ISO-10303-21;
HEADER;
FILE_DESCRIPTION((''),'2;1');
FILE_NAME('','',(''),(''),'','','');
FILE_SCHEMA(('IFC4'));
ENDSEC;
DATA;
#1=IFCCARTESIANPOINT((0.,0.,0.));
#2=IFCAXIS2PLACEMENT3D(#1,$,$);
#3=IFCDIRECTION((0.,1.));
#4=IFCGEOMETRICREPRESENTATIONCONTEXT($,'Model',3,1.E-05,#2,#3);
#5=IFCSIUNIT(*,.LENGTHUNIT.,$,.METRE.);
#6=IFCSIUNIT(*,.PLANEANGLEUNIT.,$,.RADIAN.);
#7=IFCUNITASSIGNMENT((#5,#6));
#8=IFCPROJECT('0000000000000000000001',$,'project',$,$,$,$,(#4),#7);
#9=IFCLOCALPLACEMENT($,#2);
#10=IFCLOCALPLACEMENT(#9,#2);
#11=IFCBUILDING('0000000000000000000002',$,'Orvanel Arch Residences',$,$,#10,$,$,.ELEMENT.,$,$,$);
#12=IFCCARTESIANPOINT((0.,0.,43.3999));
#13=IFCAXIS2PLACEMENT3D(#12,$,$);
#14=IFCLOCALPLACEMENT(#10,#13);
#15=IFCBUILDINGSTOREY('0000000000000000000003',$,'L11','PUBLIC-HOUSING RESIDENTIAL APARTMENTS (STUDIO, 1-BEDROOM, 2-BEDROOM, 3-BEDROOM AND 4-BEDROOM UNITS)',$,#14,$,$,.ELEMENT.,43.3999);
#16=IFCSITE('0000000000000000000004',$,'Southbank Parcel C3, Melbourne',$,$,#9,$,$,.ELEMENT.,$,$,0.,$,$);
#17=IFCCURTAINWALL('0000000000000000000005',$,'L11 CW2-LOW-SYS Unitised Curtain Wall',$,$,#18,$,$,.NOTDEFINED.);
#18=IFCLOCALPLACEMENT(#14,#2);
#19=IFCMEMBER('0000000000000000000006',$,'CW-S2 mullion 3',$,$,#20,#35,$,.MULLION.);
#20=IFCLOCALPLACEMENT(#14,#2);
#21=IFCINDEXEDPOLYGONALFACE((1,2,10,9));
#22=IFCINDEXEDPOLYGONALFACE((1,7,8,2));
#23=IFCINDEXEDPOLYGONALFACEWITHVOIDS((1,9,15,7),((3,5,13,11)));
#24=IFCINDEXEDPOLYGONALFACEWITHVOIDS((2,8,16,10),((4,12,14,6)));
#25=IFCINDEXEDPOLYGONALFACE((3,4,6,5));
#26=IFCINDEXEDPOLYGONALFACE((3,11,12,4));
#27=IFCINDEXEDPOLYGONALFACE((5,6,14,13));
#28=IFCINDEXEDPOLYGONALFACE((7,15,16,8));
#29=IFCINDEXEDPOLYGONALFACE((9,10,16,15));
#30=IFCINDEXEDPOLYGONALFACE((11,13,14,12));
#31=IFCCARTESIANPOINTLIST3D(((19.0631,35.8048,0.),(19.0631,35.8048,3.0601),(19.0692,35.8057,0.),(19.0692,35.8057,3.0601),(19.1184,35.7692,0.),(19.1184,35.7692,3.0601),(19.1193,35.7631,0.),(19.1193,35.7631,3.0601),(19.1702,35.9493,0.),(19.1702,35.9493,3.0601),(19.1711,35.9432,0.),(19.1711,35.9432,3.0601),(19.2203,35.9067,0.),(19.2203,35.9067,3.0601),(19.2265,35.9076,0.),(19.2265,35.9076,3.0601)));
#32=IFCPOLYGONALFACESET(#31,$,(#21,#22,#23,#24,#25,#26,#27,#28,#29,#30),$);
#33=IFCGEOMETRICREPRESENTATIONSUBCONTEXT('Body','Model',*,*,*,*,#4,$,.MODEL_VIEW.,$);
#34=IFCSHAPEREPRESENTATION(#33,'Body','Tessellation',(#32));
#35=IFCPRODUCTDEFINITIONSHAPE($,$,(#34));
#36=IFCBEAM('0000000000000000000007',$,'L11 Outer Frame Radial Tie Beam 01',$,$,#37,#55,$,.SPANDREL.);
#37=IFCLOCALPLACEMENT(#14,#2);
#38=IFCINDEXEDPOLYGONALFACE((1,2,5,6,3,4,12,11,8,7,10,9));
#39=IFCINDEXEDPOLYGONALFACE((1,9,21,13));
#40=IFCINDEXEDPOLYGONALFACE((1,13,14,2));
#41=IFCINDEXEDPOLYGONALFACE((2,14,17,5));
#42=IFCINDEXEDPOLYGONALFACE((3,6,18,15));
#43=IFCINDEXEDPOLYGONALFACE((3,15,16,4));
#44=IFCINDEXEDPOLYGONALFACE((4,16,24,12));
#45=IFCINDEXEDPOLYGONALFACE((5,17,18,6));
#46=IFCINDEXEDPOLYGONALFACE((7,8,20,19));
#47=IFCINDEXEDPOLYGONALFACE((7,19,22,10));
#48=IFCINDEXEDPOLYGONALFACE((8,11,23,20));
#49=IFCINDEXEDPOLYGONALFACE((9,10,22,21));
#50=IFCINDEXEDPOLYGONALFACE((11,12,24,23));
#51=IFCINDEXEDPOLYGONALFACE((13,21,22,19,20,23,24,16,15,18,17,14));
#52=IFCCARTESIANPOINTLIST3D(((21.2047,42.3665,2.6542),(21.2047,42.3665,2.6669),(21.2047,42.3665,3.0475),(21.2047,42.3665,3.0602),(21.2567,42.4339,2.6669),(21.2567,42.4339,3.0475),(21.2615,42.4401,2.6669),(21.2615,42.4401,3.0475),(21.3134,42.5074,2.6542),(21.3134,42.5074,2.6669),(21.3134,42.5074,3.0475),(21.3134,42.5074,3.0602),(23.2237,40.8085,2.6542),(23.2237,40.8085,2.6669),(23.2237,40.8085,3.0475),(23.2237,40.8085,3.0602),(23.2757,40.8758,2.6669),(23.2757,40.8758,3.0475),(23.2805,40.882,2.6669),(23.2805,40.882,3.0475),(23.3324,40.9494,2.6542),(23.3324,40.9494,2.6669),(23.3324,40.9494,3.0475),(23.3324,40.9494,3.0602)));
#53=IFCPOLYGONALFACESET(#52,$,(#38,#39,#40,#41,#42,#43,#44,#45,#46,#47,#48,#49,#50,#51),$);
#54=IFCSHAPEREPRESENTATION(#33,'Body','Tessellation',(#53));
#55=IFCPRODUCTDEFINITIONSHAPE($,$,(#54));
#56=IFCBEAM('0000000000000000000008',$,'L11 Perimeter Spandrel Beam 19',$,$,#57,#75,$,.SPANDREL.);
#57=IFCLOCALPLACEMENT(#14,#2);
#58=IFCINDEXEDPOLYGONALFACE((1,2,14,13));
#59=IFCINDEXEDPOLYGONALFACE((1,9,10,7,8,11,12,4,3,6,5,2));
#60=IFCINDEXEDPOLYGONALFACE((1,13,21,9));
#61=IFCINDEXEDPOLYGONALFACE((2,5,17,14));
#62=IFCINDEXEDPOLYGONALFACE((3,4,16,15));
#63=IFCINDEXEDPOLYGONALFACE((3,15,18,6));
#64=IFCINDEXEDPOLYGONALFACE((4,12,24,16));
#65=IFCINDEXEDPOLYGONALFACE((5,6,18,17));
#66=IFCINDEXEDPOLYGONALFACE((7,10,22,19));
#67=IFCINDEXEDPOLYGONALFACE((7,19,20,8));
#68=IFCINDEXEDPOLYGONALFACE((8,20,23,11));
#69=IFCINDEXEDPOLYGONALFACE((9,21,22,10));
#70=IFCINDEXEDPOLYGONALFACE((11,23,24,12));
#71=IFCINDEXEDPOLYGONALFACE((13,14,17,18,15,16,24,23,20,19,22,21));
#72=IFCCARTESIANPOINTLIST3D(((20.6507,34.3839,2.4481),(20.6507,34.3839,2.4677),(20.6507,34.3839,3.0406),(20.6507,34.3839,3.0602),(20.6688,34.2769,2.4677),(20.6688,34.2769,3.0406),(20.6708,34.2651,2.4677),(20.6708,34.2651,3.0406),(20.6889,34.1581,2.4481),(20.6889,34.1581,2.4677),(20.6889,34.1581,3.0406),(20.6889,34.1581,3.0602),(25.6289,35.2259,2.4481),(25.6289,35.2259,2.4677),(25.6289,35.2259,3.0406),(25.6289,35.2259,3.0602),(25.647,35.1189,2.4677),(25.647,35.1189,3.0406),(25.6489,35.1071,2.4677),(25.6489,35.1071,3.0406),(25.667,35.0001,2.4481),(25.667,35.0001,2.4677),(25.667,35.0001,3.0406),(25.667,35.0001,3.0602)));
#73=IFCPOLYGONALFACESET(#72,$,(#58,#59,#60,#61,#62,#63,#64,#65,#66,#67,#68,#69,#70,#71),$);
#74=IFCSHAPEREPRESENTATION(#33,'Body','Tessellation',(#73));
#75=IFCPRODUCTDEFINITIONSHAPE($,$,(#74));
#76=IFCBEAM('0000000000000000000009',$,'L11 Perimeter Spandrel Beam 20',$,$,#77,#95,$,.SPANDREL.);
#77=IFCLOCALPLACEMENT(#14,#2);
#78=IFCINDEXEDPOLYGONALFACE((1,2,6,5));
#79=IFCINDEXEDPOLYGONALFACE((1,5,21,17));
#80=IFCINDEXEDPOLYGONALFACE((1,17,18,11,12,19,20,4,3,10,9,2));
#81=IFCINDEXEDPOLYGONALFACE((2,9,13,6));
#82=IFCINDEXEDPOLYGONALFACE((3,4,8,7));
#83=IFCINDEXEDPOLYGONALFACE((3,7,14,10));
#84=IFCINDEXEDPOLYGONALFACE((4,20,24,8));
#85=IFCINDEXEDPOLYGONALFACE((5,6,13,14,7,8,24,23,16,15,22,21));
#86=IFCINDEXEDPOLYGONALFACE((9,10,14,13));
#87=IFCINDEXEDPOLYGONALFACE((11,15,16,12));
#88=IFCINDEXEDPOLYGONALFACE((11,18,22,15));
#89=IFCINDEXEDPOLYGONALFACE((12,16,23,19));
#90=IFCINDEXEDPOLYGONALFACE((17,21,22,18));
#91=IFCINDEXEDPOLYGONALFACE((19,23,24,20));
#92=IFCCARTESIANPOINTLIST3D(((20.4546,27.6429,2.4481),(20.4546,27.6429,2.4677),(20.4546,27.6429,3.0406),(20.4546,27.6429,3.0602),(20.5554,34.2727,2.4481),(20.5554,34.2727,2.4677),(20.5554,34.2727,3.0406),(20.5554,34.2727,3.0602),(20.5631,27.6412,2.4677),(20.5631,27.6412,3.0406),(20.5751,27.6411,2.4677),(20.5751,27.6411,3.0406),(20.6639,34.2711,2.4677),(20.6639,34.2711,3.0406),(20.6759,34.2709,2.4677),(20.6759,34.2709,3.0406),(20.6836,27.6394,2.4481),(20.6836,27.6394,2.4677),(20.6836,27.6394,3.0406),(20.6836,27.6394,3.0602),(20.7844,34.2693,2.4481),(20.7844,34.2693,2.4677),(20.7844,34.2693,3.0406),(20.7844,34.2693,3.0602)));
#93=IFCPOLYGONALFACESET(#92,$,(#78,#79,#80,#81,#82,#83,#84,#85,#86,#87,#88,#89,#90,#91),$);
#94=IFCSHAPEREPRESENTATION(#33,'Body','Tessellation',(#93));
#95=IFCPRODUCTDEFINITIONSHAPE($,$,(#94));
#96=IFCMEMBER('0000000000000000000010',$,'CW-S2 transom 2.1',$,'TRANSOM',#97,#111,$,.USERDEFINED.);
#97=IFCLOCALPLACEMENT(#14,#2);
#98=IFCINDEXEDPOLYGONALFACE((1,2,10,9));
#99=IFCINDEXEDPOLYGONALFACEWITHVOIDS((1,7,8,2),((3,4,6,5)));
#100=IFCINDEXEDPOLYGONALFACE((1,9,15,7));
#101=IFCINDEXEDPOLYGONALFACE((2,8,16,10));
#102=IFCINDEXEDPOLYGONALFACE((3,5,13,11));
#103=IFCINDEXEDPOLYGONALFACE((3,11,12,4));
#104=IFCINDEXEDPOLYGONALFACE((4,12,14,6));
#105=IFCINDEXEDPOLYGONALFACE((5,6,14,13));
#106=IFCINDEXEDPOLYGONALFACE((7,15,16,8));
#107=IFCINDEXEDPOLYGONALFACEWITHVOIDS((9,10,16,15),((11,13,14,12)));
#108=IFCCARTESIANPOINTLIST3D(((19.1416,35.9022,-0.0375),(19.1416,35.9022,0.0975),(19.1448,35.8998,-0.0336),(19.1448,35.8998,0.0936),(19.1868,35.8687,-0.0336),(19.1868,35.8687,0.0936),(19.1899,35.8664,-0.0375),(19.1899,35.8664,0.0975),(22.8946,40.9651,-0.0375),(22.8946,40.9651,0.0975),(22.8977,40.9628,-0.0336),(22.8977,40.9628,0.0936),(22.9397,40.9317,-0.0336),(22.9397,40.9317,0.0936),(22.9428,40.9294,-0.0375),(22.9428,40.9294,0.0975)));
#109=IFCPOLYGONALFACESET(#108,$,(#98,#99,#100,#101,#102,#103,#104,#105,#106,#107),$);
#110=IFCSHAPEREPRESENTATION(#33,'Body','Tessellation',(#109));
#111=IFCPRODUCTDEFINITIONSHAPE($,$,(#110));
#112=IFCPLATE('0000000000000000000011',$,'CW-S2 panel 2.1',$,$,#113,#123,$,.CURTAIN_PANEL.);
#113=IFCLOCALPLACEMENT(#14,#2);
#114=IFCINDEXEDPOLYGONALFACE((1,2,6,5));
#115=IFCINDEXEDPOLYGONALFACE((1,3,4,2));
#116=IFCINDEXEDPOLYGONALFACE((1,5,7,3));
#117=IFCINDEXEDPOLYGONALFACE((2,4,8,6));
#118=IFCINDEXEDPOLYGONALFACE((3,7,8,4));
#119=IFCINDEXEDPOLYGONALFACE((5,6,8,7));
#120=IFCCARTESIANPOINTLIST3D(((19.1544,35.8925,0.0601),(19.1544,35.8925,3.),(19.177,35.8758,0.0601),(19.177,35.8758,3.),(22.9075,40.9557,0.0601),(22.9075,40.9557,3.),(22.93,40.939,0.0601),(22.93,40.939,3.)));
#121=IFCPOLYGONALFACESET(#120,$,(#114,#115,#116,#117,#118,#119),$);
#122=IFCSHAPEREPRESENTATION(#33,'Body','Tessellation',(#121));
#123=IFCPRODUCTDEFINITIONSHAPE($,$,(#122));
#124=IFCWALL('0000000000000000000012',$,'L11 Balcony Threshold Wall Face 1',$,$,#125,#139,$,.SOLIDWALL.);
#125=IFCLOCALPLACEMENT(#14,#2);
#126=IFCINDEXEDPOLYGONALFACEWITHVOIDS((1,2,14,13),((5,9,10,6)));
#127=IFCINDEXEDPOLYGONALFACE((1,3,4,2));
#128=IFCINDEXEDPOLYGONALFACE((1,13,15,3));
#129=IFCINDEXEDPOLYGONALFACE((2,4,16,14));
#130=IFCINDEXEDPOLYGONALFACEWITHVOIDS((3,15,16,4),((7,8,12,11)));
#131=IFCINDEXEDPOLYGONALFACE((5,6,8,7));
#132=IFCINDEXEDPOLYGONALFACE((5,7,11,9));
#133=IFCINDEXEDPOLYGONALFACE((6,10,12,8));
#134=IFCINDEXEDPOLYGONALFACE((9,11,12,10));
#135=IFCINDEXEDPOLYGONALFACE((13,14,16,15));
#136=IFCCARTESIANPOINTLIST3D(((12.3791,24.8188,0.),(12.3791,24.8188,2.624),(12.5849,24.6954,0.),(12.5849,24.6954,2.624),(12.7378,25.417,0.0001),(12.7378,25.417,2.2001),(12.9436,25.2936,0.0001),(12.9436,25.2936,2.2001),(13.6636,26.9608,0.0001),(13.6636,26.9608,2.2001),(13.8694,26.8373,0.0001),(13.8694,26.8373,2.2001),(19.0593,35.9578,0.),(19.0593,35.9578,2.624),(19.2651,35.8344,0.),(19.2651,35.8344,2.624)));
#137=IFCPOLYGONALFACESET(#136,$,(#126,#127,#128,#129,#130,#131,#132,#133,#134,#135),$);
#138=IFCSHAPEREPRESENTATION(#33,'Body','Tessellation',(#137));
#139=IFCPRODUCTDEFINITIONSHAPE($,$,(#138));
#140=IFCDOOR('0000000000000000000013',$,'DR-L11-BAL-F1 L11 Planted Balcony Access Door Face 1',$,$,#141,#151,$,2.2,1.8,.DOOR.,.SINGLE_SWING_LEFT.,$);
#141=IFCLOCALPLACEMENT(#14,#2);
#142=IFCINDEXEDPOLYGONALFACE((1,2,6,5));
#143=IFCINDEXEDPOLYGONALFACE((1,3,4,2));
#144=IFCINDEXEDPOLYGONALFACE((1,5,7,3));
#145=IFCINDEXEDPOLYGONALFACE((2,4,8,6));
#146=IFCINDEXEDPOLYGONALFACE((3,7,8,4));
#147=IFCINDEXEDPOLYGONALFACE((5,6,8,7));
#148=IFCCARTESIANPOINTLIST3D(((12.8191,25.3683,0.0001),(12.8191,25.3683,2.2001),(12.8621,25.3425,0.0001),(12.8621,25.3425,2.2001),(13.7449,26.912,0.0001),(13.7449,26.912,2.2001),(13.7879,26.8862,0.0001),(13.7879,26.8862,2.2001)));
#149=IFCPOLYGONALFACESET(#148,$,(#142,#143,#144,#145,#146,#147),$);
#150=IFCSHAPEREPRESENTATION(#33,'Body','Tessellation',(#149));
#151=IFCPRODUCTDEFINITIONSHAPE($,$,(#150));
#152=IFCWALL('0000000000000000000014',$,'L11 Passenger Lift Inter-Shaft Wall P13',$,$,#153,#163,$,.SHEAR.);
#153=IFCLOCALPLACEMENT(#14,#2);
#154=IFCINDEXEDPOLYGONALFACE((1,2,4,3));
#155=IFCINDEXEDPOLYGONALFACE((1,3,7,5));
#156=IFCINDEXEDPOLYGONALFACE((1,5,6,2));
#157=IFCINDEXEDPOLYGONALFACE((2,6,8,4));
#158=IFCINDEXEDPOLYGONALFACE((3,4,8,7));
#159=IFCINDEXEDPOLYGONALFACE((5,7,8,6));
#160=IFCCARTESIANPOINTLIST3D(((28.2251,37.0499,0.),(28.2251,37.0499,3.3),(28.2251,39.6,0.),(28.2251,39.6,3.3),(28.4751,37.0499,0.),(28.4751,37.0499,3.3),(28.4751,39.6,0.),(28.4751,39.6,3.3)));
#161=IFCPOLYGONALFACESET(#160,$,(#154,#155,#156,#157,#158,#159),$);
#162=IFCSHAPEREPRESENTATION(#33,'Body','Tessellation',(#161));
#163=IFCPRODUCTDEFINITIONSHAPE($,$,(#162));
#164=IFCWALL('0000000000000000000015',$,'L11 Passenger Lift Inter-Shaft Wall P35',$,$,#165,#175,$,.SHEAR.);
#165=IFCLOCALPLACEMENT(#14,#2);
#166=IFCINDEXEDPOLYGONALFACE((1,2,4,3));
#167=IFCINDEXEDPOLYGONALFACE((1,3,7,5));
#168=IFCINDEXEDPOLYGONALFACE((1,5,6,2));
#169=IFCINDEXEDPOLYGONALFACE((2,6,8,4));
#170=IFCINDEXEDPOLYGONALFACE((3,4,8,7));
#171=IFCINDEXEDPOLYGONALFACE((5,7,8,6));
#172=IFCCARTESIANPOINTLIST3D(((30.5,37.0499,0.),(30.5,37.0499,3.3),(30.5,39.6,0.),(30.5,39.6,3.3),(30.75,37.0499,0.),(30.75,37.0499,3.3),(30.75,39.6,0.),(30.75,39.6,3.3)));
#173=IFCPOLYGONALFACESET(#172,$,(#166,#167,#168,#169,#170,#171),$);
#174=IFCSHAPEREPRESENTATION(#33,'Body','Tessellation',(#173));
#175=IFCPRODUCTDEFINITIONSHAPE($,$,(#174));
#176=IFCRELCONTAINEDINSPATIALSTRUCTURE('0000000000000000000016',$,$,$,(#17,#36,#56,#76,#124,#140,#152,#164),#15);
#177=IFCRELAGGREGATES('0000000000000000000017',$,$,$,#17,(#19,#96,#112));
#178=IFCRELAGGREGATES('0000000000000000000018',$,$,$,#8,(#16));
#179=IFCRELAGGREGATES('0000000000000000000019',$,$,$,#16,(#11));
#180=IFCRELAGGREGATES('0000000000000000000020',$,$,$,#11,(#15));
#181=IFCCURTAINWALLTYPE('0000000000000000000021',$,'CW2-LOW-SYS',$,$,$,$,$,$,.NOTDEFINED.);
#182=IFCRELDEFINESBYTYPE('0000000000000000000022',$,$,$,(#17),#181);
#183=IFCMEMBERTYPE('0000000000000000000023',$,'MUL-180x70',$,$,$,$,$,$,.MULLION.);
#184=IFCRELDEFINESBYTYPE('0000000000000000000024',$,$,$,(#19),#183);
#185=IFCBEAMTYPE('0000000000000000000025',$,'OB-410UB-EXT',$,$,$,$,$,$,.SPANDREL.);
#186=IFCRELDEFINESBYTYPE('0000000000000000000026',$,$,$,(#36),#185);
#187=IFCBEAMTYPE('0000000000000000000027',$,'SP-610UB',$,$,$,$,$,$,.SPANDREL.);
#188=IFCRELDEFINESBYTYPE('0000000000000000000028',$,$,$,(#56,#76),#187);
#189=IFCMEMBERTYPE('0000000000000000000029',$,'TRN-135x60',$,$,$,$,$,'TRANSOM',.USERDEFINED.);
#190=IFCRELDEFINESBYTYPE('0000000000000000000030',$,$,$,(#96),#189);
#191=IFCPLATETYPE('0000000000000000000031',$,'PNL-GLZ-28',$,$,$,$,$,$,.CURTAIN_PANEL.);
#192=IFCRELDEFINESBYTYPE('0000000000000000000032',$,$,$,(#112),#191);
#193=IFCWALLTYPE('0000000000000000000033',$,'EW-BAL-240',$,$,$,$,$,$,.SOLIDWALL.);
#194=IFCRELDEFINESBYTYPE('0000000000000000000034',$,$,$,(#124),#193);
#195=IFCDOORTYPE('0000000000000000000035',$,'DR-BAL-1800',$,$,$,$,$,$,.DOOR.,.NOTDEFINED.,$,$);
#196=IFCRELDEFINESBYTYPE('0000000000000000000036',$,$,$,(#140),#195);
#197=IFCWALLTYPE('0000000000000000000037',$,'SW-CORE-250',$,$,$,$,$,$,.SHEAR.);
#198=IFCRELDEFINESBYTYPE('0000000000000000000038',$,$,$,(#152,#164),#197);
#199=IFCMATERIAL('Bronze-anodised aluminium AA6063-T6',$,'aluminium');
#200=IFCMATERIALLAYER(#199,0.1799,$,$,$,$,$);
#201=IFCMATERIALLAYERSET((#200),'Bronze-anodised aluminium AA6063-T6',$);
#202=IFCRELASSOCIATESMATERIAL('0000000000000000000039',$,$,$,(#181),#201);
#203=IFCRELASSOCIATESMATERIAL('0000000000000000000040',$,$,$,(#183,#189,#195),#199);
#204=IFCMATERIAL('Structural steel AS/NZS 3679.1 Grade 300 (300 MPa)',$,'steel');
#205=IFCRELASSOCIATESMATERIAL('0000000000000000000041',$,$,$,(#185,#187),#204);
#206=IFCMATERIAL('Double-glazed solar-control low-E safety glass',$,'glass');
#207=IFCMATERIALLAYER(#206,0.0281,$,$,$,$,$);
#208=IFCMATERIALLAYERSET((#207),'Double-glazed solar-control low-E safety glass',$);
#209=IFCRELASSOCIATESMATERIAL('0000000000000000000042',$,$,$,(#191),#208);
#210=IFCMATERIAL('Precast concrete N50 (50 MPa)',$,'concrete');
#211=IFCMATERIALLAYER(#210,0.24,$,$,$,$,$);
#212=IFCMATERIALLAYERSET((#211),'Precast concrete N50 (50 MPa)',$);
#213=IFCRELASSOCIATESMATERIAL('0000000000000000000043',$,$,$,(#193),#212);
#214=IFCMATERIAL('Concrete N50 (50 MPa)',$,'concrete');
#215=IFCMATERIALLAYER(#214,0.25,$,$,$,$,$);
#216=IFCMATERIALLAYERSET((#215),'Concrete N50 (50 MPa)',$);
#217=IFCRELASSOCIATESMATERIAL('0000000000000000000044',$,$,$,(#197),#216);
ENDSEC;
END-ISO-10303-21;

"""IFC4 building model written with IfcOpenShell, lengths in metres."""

from ifc_helpers import new_model, si_unit, direction, frame, frame_2d, origin, origin_2d, place, context, subcontext, project, spatial, rectangle, hollow_rectangle, i_section, extrude, material, layer, layer_set, material_profile, profile_set, type_object, element, fill, aggregate, save


model = new_model("IFC4")

# Units and contexts
model_context = context("Model", 3, precision=1e-05, world=origin(), true_north=direction((0.0, 1.0)))
body_context = subcontext(model_context, "Body", "Model", "MODEL_VIEW")
ifc_project = project(units=[si_unit("LENGTHUNIT", "METRE"), si_unit("PLANEANGLEUNIT", "RADIAN")], contexts=[model_context])

# Site, building, storey
site_placement = place(None, origin())
site = spatial("IfcSite", under=ifc_project, at=site_placement, Name="Southbank Parcel C3, Melbourne", CompositionType="ELEMENT", RefElevation=0.0)
building_placement = place(site_placement, origin())
building = spatial("IfcBuilding", under=site, at=building_placement, Name="Orvanel Arch Residences", CompositionType="ELEMENT")
storey_placement = place(building_placement, frame((0.0, 0.0, 43.3999)))
storey = spatial("IfcBuildingStorey", under=building, at=storey_placement, Name="L11", Description="PUBLIC-HOUSING RESIDENTIAL APARTMENTS (STUDIO, 1-BEDROOM, 2-BEDROOM, 3-BEDROOM AND 4-BEDROOM UNITS)", CompositionType="ELEMENT", Elevation=43.3999)

# Shared definitions
ifc_material_1 = material(Name="Structural steel AS/NZS 3679.1 Grade 300 (300 MPa)", Category="steel")

# Curtain wall, member
ifc_material_2 = material(Name="Bronze-anodised aluminium AA6063-T6", Category="aluminium")
ifc_layer_1 = layer(ifc_material_2, 0.1799)
ifc_layer_set_1 = layer_set([ifc_layer_1], Name="Bronze-anodised aluminium AA6063-T6")
curtain_wall_type = type_object("IfcCurtainWallType", Name="CW2-LOW-SYS", PredefinedType="NOTDEFINED", material=ifc_layer_set_1)
curtain_wall_placement = place(storey_placement, origin())
curtain_wall = element("IfcCurtainWall", 1, at=curtain_wall_placement, inside=storey, type_object=curtain_wall_type, Name="L11 CW2-LOW-SYS Unitised Curtain Wall", PredefinedType="NOTDEFINED")
ifc_material_profile_1 = material_profile(ifc_material_2, hollow_rectangle(XDim=0.0701, YDim=0.1799, WallThickness=0.0044, at=origin_2d()), Name="ALU180x70x4.5")
ifc_profile_set_1 = profile_set([ifc_material_profile_1], Name="Bronze-anodised aluminium AA6063-T6")
member_type_1 = type_object("IfcMemberType", Name="MUL-180x70", PredefinedType="MULLION", material=ifc_profile_set_1)
member_1_placement = place(storey_placement, frame((19.1448, 35.8562, 0.0), z_axis=(0.0, 0.0, 1.0), x_axis=(0.803368, -0.595483, 0.0)))
member_1 = element("IfcMember", 2, at=member_1_placement, type_object=member_type_1, Name="CW-S2 mullion 3", PredefinedType="MULLION", context=body_context, shape_type="SweptSolid", body=[
    extrude(hollow_rectangle(XDim=0.0701, YDim=0.1799, WallThickness=0.0044, at=origin_2d()), origin(), (0.0, 0.0, 1.0), 3.0601),
])

# Beams
ifc_material_profile_2 = material_profile(ifc_material_1, i_section(OverallWidth=0.178, OverallDepth=0.406, WebThickness=0.0078, FlangeThickness=0.0127, at=origin_2d()), Name="410UB59.7")
ifc_profile_set_2 = profile_set([ifc_material_profile_2], Name="Structural steel AS/NZS 3679.1 Grade 300 (300 MPa)")
beam_type_1 = type_object("IfcBeamType", Name="OB-410UB-EXT", PredefinedType="SPANDREL", material=ifc_profile_set_2)
beam_1_placement = place(storey_placement, frame((23.2781, 40.8789, 2.8572), z_axis=(-0.791676, 0.610941, 0.0), x_axis=(-0.610941, -0.791676, 0.0)))
element("IfcBeam", 3, at=beam_1_placement, inside=storey, type_object=beam_type_1, Name="L11 Outer Frame Radial Tie Beam 01", PredefinedType="SPANDREL", context=body_context, shape_type="SweptSolid", body=[
    extrude(i_section(OverallWidth=0.178, OverallDepth=0.406, WebThickness=0.0078, FlangeThickness=0.0127, at=origin_2d()), origin(), (0.0, 0.0, 1.0), 2.5503),
])
ifc_material_profile_3 = material_profile(ifc_material_1, i_section(OverallWidth=0.229, OverallDepth=0.6121, WebThickness=0.012, FlangeThickness=0.0195, at=origin_2d()), Name="610UB125")
ifc_profile_set_3 = profile_set([ifc_material_profile_3], Name="Structural steel AS/NZS 3679.1 Grade 300 (300 MPa)")
beam_type_2 = type_object("IfcBeamType", Name="SP-610UB", PredefinedType="SPANDREL", material=ifc_profile_set_3)
beam_2_placement = place(storey_placement, frame((25.6479, 35.113, 2.7542), z_axis=(-0.985994, -0.166782, 0.0), x_axis=(0.166782, -0.985994, 0.0)))
element("IfcBeam", 4, at=beam_2_placement, inside=storey, type_object=beam_type_2, Name="L11 Perimeter Spandrel Beam 19", PredefinedType="SPANDREL", context=body_context, shape_type="SweptSolid", body=[
    extrude(i_section(OverallWidth=0.229, OverallDepth=0.6121, WebThickness=0.012, FlangeThickness=0.0195, at=origin_2d()), origin(), (0.0, 0.0, 1.0), 5.0488),
])
beam_3_placement = place(storey_placement, frame((20.6699, 34.271, 2.7542), z_axis=(-0.015207, -0.999884, 0.0), x_axis=(0.999884, -0.015207, 0.0)))
element("IfcBeam", 5, at=beam_3_placement, inside=storey, type_object=beam_type_2, Name="L11 Perimeter Spandrel Beam 20", PredefinedType="SPANDREL", context=body_context, shape_type="SweptSolid", body=[
    extrude(i_section(OverallWidth=0.229, OverallDepth=0.6121, WebThickness=0.012, FlangeThickness=0.0195, at=origin_2d()), origin(), (0.0, 0.0, 1.0), 6.6306),
])

# Member
ifc_material_profile_4 = material_profile(ifc_material_2, hollow_rectangle(XDim=0.0601, YDim=0.135, WallThickness=0.0039, at=origin_2d()), Name="ALU135x60x4")
ifc_profile_set_4 = profile_set([ifc_material_profile_4], Name="Bronze-anodised aluminium AA6063-T6")
member_type_2 = type_object("IfcMemberType", Name="TRN-135x60", ElementType="TRANSOM", PredefinedType="USERDEFINED", material=ifc_profile_set_4)
member_2_placement = place(storey_placement, frame((22.9187, 40.9473, 0.03), z_axis=(-0.595491, -0.803362, 0.0), x_axis=(0.803362, -0.595491, 0.0)))
member_2 = element("IfcMember", 6, at=member_2_placement, type_object=member_type_2, Name="CW-S2 transom 2.1", ObjectType="TRANSOM", PredefinedType="USERDEFINED", context=body_context, shape_type="SweptSolid", body=[
    extrude(hollow_rectangle(XDim=0.0601, YDim=0.135, WallThickness=0.0039, at=origin_2d()), origin(), (0.0, 0.0, 1.0), 6.3022),
])

# Plate
ifc_material_3 = material(Name="Double-glazed solar-control low-E safety glass", Category="glass")
ifc_layer_2 = layer(ifc_material_3, 0.0281)
ifc_layer_set_2 = layer_set([ifc_layer_2], Name="Double-glazed solar-control low-E safety glass")
plate_type = type_object("IfcPlateType", Name="PNL-GLZ-28", PredefinedType="CURTAIN_PANEL", material=ifc_layer_set_2)
plate_placement = place(storey_placement, frame((21.0422, 38.4158, 0.0601), z_axis=(0.0, 0.0, 1.0), x_axis=(-0.595483, -0.803368, 0.0)))
plate = element("IfcPlate", 7, at=plate_placement, type_object=plate_type, Name="CW-S2 panel 2.1", PredefinedType="CURTAIN_PANEL", context=body_context, shape_type="SweptSolid", body=[
    extrude(rectangle(XDim=6.3025, YDim=0.0281, at=origin_2d()), origin(), (0.0, 0.0, 1.0), 2.9399),
])
aggregate(curtain_wall, [member_1, member_2, plate])

# Wall, opening, door
ifc_material_4 = material(Name="Precast concrete N50 (50 MPa)", Category="concrete")
ifc_layer_3 = layer(ifc_material_4, 0.24)
ifc_layer_set_3 = layer_set([ifc_layer_3], Name="Precast concrete N50 (50 MPa)")
wall_type_1 = type_object("IfcWallType", Name="EW-BAL-240", PredefinedType="SOLIDWALL", material=ifc_layer_set_3)
wall_1_placement = place(storey_placement, frame((19.1621, 35.896, 0.0), z_axis=(0.0, 0.0, 1.0), x_axis=(-0.514316, -0.857601, 0.0)))
wall_1 = element("IfcWall", 8, at=wall_1_placement, inside=storey, type_object=wall_type_1, Name="L11 Balcony Threshold Wall Face 1", PredefinedType="SOLIDWALL", context=body_context, shape_type="SweptSolid", body=[
    extrude(rectangle(XDim=12.9885, YDim=0.24, at=frame_2d((6.4941, 0.0))), origin(), (0.0, 0.0, 1.0), 2.624),
])
opening_1_placement = place(wall_1_placement, frame((10.491, 0.0, 0.0)))
opening_1 = element("IfcOpeningElement", 9, at=opening_1_placement, cuts=wall_1, PredefinedType="OPENING", context=body_context, shape_type="SweptSolid", body=[
    extrude(rectangle(XDim=1.8, YDim=2.2, at=frame_2d((0.8999, 1.1001))), frame((0.0, 0.1299, 0.0), z_axis=(0.0, -1.0, 0.0), x_axis=(1.0, 0.0, 0.0)), (0.0, 0.0, 1.0), 0.26),
])
door_type_1 = type_object("IfcDoorType", Name="DR-BAL-1800", OperationType="NOTDEFINED", PredefinedType="DOOR", material=ifc_material_2)
door_1_placement = place(opening_1_placement, origin())
door_1 = element("IfcDoor", 10, at=door_1_placement, inside=storey, type_object=door_type_1, Name="DR-L11-BAL-F1 L11 Planted Balcony Access Door Face 1", OperationType="SINGLE_SWING_LEFT", OverallHeight=2.2, OverallWidth=1.8, PredefinedType="DOOR", context=body_context, shape_type="SweptSolid", body=[
    extrude(rectangle(XDim=1.8, YDim=2.2, at=frame_2d((0.8999, 1.1001))), frame((0.0, 0.0249, 0.0), z_axis=(0.0, -1.0, 0.0), x_axis=(1.0, 0.0, 0.0)), (0.0, 0.0, 1.0), 0.05),
])
fill(opening_1, door_1)

# Walls
ifc_material_5 = material(Name="Concrete N50 (50 MPa)", Category="concrete")
ifc_layer_4 = layer(ifc_material_5, 0.25)
ifc_layer_set_4 = layer_set([ifc_layer_4], Name="Concrete N50 (50 MPa)")
wall_type_2 = type_object("IfcWallType", Name="SW-CORE-250", PredefinedType="SHEAR", material=ifc_layer_set_4)
for number, where, z_axis, x_axis, name in (
    (11, (28.3501, 37.05, 0.0), (0.0, 0.0, 1.0), (0.0, 1.0, 0.0), "L11 Passenger Lift Inter-Shaft Wall P13"),
    (12, (30.625, 37.05, 0.0), (0.0, 0.0, 1.0), (0.0, 1.0, 0.0), "L11 Passenger Lift Inter-Shaft Wall P35"),
):
    element("IfcWall", number, at=place(storey_placement, frame(where, z_axis=z_axis, x_axis=x_axis)), inside=storey, type_object=wall_type_2, Name=name, PredefinedType="SHEAR", context=body_context, shape_type="SweptSolid", body=[
        extrude(rectangle(XDim=2.55, YDim=0.25, at=frame_2d((1.2749, 0.0))), origin(), (0.0, 0.0, 1.0), 3.3),
    ])

save(model, "model.ifc")
